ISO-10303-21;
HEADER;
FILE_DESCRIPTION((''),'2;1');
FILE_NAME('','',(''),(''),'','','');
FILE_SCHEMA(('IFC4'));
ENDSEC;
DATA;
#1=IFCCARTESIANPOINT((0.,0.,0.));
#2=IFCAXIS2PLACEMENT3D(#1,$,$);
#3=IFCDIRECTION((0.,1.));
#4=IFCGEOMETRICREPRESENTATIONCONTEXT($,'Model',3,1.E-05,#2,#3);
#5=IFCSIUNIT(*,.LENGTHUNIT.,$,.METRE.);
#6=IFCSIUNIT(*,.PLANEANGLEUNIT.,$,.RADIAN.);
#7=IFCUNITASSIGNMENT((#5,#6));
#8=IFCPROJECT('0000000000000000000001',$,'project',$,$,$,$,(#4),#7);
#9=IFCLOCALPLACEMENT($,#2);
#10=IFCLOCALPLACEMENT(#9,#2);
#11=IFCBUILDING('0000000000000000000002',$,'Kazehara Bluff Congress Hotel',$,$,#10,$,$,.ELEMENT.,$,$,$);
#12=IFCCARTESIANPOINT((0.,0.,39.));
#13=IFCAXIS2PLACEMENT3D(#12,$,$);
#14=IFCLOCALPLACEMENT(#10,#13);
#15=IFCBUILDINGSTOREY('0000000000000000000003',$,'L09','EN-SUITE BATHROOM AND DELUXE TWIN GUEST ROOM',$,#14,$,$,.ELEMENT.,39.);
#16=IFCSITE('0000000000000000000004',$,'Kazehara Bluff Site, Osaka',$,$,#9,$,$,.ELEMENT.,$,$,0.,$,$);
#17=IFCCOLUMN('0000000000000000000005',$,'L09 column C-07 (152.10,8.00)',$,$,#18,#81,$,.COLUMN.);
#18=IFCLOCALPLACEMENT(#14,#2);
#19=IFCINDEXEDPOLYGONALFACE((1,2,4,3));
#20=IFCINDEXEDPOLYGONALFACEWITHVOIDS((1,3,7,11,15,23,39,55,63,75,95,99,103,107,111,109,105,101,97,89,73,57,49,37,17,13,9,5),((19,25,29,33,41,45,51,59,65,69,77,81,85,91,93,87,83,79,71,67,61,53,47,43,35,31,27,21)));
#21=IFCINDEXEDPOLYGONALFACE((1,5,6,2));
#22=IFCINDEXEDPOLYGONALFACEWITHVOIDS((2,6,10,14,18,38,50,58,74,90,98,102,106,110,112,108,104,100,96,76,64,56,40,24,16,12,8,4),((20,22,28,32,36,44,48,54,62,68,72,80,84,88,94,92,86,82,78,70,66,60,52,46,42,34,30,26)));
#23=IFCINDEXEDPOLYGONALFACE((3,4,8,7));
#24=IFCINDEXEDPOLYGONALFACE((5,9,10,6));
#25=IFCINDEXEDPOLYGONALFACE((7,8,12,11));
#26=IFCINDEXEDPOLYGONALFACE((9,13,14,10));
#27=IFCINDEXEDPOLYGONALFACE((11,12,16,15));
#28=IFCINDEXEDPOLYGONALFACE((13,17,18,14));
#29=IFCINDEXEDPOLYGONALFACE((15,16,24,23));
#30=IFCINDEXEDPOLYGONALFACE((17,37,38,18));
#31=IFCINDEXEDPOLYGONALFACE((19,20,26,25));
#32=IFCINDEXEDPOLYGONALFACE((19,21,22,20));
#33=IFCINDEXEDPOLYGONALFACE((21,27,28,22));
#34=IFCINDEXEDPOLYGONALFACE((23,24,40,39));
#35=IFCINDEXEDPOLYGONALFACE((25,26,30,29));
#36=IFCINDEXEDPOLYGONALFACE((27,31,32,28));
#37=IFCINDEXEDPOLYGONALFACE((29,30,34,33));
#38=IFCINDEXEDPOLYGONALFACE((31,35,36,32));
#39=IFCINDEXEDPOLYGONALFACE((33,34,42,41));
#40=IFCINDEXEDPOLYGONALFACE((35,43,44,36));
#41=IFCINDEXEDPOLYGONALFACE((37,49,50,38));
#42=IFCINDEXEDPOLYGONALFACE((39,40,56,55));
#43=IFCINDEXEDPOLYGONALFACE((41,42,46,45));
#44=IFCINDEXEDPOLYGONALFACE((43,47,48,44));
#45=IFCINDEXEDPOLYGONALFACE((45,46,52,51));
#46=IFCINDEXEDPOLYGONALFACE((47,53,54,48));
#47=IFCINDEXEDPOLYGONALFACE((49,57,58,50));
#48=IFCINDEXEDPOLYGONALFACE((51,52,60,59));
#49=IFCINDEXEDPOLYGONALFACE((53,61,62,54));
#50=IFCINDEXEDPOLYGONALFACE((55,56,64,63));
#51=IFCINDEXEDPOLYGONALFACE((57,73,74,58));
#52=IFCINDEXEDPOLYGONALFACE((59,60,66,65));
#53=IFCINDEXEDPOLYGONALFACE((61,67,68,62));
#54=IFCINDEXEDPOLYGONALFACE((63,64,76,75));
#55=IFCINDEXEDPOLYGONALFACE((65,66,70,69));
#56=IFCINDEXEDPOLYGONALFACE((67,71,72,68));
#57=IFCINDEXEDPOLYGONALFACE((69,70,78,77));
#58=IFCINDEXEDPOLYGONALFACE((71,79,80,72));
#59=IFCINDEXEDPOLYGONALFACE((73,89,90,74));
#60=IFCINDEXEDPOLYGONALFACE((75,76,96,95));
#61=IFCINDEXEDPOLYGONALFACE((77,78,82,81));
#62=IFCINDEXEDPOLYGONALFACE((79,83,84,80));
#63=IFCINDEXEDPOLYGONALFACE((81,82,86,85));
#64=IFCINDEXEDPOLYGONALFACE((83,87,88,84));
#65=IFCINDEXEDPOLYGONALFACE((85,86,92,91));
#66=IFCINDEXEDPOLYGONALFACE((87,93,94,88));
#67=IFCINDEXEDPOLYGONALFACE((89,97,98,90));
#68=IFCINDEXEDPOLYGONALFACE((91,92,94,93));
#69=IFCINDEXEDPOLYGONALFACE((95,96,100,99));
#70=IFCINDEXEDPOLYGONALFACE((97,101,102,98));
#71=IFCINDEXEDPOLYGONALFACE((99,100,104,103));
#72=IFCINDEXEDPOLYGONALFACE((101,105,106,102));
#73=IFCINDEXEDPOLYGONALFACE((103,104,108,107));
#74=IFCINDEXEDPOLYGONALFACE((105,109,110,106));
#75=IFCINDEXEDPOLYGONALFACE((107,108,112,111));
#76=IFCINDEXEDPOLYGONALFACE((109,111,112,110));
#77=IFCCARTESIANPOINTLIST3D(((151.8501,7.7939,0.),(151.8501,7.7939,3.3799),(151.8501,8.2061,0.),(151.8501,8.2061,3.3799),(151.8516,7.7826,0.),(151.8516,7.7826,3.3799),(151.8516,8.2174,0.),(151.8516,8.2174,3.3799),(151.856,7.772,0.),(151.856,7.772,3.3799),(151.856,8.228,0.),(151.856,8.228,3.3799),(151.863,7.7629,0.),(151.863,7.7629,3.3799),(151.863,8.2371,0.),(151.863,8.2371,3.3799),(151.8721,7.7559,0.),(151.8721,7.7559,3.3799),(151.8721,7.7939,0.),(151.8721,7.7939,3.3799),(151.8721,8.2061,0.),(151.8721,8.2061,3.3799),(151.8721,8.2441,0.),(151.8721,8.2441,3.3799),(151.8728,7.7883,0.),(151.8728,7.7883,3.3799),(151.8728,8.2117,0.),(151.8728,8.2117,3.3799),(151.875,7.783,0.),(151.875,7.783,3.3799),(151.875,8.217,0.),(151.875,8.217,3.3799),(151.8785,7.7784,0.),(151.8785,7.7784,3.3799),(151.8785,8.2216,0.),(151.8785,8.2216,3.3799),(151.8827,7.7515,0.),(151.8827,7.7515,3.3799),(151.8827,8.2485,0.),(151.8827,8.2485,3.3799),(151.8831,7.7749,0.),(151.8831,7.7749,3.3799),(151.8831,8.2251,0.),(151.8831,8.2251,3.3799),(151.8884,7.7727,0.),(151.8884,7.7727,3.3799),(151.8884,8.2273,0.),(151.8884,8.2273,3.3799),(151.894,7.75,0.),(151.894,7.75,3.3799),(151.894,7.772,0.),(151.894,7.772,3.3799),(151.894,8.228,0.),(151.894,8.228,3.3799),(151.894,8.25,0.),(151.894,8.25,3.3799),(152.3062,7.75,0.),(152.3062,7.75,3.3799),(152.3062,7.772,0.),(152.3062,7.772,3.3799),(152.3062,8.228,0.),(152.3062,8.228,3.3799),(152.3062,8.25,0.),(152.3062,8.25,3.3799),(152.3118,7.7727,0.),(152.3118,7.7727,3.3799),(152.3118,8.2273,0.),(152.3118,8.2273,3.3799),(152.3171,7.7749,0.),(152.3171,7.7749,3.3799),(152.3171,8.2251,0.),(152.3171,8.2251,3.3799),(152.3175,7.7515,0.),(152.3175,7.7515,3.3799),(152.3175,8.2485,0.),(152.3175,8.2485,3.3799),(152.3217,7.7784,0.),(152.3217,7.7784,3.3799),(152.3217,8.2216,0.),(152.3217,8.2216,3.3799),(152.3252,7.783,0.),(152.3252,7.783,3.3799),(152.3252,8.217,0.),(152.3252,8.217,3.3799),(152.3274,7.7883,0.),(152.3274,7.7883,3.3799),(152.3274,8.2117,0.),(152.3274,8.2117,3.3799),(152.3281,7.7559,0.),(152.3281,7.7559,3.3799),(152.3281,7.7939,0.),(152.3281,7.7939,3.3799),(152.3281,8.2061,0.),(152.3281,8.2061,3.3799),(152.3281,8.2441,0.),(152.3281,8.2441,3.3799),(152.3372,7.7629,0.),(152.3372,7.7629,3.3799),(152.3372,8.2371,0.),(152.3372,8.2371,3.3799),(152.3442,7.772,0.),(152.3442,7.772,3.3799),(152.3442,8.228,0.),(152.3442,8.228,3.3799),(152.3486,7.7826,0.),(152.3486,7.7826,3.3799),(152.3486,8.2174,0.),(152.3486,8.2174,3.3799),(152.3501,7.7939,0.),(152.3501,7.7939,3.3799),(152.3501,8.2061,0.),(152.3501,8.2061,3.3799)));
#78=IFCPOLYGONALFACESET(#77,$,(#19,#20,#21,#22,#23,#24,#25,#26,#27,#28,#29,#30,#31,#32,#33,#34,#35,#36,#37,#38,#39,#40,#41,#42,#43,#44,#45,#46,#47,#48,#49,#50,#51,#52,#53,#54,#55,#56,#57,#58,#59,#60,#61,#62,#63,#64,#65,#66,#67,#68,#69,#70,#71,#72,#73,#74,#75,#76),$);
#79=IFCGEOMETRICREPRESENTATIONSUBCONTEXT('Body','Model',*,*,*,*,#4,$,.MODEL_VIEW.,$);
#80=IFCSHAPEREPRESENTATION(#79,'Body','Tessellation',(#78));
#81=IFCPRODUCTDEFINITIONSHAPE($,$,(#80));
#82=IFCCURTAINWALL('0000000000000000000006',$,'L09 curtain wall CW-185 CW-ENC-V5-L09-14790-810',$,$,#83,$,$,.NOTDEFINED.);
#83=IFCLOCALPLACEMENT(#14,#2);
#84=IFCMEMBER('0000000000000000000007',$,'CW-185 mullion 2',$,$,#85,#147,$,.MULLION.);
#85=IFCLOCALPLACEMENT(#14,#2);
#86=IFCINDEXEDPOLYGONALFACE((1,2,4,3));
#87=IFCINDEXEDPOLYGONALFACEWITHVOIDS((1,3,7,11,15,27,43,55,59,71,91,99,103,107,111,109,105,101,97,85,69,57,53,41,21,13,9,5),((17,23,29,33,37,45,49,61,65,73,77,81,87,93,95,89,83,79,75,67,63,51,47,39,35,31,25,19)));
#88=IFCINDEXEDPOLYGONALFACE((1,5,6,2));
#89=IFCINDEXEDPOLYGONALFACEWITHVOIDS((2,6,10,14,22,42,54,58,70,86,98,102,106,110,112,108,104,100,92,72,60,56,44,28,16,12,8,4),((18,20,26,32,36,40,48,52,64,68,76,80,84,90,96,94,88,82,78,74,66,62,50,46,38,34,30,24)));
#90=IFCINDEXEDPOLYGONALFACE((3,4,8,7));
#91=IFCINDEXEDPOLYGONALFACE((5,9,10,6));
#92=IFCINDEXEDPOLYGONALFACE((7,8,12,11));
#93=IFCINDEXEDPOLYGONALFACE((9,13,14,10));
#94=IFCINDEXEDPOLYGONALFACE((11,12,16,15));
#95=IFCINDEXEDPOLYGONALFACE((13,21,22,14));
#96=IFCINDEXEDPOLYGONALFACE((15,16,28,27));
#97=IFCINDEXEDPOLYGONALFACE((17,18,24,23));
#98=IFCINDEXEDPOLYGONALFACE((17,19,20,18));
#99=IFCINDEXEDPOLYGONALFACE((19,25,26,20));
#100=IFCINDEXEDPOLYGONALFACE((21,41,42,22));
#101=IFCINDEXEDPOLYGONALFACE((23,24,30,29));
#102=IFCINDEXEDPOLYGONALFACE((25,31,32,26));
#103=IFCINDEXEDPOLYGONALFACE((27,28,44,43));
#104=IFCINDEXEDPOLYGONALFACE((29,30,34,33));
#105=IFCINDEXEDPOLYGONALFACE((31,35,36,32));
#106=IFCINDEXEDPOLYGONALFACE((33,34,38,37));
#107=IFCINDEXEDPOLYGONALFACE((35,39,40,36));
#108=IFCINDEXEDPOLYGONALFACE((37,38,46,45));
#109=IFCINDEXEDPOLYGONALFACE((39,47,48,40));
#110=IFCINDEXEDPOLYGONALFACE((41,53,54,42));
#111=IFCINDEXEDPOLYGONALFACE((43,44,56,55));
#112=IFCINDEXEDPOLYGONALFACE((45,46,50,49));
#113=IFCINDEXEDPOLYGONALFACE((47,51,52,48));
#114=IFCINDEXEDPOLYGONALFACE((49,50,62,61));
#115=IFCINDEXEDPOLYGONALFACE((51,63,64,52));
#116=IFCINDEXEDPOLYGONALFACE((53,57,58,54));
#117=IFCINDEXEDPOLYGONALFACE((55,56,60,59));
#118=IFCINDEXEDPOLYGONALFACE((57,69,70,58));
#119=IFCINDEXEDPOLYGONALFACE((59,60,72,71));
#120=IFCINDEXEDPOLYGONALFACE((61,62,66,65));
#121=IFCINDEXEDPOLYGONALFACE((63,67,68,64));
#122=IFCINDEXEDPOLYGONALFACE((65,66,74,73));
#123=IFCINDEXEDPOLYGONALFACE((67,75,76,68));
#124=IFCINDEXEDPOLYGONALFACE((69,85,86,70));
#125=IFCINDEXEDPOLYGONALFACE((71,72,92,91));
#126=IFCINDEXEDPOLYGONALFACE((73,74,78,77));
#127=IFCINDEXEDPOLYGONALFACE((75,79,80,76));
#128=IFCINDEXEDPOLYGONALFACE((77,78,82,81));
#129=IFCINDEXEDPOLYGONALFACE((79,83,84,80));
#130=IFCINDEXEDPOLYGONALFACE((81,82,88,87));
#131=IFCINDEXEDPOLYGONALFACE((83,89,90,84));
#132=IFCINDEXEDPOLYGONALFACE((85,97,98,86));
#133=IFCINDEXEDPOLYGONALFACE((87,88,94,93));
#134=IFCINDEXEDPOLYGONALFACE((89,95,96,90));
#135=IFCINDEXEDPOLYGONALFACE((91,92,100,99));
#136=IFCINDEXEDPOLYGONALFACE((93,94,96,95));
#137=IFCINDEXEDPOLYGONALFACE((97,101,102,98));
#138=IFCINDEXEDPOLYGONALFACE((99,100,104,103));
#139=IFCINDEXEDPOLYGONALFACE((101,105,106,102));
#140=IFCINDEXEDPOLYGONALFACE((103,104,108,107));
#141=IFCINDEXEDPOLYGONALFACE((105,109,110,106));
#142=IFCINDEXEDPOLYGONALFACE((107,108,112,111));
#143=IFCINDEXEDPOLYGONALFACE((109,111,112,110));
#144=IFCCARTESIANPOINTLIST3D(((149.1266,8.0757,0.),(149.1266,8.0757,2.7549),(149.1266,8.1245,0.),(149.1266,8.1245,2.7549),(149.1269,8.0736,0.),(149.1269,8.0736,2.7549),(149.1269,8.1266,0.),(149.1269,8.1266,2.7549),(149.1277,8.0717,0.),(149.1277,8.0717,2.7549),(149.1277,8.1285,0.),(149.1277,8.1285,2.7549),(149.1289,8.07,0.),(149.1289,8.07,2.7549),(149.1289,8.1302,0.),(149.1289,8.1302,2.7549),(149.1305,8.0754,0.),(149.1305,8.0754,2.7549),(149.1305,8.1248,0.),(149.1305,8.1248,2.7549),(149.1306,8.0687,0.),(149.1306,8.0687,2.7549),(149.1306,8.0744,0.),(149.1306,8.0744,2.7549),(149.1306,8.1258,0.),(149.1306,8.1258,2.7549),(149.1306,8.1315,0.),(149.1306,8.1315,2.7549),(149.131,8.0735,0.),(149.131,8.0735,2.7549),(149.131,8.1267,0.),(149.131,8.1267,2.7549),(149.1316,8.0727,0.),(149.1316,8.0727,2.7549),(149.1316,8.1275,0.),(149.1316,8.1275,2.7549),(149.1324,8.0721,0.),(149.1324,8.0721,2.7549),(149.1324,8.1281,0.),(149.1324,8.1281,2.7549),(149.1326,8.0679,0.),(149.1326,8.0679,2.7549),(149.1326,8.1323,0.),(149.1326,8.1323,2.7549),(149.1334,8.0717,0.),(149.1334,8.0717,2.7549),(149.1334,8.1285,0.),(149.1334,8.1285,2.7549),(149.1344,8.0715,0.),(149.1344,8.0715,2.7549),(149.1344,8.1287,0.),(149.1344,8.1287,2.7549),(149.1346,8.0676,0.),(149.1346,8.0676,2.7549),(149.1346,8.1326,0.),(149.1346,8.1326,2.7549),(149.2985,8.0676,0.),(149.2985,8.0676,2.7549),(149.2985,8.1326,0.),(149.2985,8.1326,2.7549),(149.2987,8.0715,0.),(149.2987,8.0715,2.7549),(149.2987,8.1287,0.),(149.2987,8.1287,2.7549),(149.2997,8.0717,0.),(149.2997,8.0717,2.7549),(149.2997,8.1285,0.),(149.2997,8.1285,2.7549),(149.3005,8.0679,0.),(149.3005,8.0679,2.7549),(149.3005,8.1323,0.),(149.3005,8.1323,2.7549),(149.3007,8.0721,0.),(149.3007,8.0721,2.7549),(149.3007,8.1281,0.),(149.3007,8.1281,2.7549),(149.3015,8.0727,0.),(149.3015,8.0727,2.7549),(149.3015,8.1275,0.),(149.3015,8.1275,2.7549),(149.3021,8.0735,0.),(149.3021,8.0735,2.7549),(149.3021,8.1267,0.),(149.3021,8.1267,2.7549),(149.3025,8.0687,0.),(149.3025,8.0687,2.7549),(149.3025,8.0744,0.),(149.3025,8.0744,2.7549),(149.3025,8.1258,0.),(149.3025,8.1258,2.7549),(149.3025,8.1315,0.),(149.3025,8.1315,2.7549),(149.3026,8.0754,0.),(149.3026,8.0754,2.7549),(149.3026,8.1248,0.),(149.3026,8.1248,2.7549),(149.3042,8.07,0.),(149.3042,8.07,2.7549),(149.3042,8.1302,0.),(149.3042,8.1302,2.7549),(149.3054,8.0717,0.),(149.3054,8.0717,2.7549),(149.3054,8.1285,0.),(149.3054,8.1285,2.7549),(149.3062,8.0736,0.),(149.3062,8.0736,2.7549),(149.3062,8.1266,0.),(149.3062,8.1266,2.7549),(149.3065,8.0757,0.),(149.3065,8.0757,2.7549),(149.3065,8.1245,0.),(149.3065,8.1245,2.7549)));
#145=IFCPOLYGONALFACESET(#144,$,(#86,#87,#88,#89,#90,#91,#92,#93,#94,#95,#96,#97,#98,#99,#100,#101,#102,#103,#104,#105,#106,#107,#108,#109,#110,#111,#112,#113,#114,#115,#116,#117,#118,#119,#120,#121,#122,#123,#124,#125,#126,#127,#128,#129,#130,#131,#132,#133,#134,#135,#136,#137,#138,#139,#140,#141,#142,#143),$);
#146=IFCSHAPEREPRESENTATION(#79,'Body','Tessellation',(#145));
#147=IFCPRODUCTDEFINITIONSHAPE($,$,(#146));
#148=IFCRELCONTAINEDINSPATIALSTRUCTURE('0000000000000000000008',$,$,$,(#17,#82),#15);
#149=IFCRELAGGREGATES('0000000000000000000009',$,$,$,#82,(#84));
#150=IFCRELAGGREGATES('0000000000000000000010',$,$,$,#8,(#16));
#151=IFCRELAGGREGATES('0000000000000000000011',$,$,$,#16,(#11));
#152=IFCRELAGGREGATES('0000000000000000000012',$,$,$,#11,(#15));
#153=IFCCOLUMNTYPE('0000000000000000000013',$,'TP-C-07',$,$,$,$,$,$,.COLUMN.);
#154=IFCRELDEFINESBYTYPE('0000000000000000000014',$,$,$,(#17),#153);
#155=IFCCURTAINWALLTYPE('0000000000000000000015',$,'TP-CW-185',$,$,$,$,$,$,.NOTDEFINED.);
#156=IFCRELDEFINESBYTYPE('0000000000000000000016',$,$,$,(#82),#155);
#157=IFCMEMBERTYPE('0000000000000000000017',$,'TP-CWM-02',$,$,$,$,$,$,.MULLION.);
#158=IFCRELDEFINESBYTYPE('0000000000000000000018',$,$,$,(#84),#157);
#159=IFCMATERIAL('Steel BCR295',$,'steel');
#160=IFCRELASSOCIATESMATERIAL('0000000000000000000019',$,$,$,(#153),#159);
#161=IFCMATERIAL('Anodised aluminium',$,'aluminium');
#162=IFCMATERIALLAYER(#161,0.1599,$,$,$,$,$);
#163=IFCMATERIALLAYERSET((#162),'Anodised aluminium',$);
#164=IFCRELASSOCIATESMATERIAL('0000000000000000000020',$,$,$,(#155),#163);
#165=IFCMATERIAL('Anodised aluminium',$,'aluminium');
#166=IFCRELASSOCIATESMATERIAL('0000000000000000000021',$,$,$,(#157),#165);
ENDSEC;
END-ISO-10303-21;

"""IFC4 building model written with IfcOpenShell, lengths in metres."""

from ifc_helpers import new_model, si_unit, direction, frame, origin, origin_2d, place, context, subcontext, project, spatial, hollow_rectangle, extrude, material, layer, layer_set, material_profile, profile_set, type_object, element, aggregate, save


model = new_model("IFC4")

# Units and contexts
model_context = context("Model", 3, precision=1e-05, world=origin(), true_north=direction((0.0, 1.0)))
body_context = subcontext(model_context, "Body", "Model", "MODEL_VIEW")
ifc_project = project(units=[si_unit("LENGTHUNIT", "METRE"), si_unit("PLANEANGLEUNIT", "RADIAN")], contexts=[model_context])

# Site, building, storey
site_placement = place(None, origin())
site = spatial("IfcSite", under=ifc_project, at=site_placement, Name="Kazehara Bluff Site, Osaka", CompositionType="ELEMENT", RefElevation=0.0)
building_placement = place(site_placement, origin())
building = spatial("IfcBuilding", under=site, at=building_placement, Name="Kazehara Bluff Congress Hotel", CompositionType="ELEMENT")
storey_placement = place(building_placement, frame((0.0, 0.0, 39.0)))
storey = spatial("IfcBuildingStorey", under=building, at=storey_placement, Name="L09", Description="EN-SUITE BATHROOM AND DELUXE TWIN GUEST ROOM", CompositionType="ELEMENT", Elevation=39.0)

# Column
ifc_material_1 = material(Name="Steel BCR295", Category="steel")
ifc_material_profile_1 = material_profile(ifc_material_1, hollow_rectangle(XDim=0.5, YDim=0.5, WallThickness=0.022, InnerFilletRadius=0.022, OuterFilletRadius=0.0439, at=origin_2d()))
ifc_profile_set_1 = profile_set([ifc_material_profile_1], Name="Steel BCR295")
column_type = type_object("IfcColumnType", Name="TP-C-07", PredefinedType="COLUMN", material=ifc_profile_set_1)
column_placement = place(storey_placement, frame((152.1001, 8.0, 0.0), z_axis=(0.0, 0.0, 1.0), x_axis=(1.0, 0.0, 0.0)))
element("IfcColumn", 1, at=column_placement, inside=storey, type_object=column_type, Name="L09 column C-07 (152.10,8.00)", PredefinedType="COLUMN", context=body_context, shape_type="SweptSolid", body=[
    extrude(hollow_rectangle(XDim=0.5, YDim=0.5, WallThickness=0.022, InnerFilletRadius=0.022, OuterFilletRadius=0.0439, at=origin_2d()), origin(), (0.0, 0.0, 1.0), 3.3799),
])

# Curtain wall, member
ifc_material_2 = material(Name="Anodised aluminium", Category="aluminium")
ifc_layer_1 = layer(ifc_material_2, 0.1599)
ifc_layer_set_1 = layer_set([ifc_layer_1], Name="Anodised aluminium")
curtain_wall_type = type_object("IfcCurtainWallType", Name="TP-CW-185", PredefinedType="NOTDEFINED", material=ifc_layer_set_1)
curtain_wall_placement = place(storey_placement, origin())
curtain_wall = element("IfcCurtainWall", 2, at=curtain_wall_placement, inside=storey, type_object=curtain_wall_type, Name="L09 curtain wall CW-185 CW-ENC-V5-L09-14790-810", PredefinedType="NOTDEFINED")
ifc_material_3 = material(Name="Anodised aluminium", Category="aluminium")
ifc_material_profile_2 = material_profile(ifc_material_3, hollow_rectangle(XDim=0.0649, YDim=0.1799, WallThickness=0.0039, InnerFilletRadius=0.0039, OuterFilletRadius=0.0081, at=origin_2d()))
ifc_profile_set_2 = profile_set([ifc_material_profile_2], Name="Anodised aluminium")
member_type_1 = type_object("IfcMemberType", Name="TP-CWM-02", PredefinedType="MULLION", material=ifc_profile_set_2)
member_1_placement = place(storey_placement, frame((149.2166, 8.1001, 0.0), z_axis=(0.0, 0.0, 1.0), x_axis=(0.0, -1.0, 0.0)))
member_1 = element("IfcMember", 3, at=member_1_placement, type_object=member_type_1, Name="CW-185 mullion 2", PredefinedType="MULLION", context=body_context, shape_type="SweptSolid", body=[
    extrude(hollow_rectangle(XDim=0.0649, YDim=0.1799, WallThickness=0.0039, InnerFilletRadius=0.0039, OuterFilletRadius=0.0081, at=origin_2d()), origin(), (0.0, 0.0, 1.0), 2.7549),
])

aggregate(curtain_wall, [member_1])

save(model, "model.ifc")
